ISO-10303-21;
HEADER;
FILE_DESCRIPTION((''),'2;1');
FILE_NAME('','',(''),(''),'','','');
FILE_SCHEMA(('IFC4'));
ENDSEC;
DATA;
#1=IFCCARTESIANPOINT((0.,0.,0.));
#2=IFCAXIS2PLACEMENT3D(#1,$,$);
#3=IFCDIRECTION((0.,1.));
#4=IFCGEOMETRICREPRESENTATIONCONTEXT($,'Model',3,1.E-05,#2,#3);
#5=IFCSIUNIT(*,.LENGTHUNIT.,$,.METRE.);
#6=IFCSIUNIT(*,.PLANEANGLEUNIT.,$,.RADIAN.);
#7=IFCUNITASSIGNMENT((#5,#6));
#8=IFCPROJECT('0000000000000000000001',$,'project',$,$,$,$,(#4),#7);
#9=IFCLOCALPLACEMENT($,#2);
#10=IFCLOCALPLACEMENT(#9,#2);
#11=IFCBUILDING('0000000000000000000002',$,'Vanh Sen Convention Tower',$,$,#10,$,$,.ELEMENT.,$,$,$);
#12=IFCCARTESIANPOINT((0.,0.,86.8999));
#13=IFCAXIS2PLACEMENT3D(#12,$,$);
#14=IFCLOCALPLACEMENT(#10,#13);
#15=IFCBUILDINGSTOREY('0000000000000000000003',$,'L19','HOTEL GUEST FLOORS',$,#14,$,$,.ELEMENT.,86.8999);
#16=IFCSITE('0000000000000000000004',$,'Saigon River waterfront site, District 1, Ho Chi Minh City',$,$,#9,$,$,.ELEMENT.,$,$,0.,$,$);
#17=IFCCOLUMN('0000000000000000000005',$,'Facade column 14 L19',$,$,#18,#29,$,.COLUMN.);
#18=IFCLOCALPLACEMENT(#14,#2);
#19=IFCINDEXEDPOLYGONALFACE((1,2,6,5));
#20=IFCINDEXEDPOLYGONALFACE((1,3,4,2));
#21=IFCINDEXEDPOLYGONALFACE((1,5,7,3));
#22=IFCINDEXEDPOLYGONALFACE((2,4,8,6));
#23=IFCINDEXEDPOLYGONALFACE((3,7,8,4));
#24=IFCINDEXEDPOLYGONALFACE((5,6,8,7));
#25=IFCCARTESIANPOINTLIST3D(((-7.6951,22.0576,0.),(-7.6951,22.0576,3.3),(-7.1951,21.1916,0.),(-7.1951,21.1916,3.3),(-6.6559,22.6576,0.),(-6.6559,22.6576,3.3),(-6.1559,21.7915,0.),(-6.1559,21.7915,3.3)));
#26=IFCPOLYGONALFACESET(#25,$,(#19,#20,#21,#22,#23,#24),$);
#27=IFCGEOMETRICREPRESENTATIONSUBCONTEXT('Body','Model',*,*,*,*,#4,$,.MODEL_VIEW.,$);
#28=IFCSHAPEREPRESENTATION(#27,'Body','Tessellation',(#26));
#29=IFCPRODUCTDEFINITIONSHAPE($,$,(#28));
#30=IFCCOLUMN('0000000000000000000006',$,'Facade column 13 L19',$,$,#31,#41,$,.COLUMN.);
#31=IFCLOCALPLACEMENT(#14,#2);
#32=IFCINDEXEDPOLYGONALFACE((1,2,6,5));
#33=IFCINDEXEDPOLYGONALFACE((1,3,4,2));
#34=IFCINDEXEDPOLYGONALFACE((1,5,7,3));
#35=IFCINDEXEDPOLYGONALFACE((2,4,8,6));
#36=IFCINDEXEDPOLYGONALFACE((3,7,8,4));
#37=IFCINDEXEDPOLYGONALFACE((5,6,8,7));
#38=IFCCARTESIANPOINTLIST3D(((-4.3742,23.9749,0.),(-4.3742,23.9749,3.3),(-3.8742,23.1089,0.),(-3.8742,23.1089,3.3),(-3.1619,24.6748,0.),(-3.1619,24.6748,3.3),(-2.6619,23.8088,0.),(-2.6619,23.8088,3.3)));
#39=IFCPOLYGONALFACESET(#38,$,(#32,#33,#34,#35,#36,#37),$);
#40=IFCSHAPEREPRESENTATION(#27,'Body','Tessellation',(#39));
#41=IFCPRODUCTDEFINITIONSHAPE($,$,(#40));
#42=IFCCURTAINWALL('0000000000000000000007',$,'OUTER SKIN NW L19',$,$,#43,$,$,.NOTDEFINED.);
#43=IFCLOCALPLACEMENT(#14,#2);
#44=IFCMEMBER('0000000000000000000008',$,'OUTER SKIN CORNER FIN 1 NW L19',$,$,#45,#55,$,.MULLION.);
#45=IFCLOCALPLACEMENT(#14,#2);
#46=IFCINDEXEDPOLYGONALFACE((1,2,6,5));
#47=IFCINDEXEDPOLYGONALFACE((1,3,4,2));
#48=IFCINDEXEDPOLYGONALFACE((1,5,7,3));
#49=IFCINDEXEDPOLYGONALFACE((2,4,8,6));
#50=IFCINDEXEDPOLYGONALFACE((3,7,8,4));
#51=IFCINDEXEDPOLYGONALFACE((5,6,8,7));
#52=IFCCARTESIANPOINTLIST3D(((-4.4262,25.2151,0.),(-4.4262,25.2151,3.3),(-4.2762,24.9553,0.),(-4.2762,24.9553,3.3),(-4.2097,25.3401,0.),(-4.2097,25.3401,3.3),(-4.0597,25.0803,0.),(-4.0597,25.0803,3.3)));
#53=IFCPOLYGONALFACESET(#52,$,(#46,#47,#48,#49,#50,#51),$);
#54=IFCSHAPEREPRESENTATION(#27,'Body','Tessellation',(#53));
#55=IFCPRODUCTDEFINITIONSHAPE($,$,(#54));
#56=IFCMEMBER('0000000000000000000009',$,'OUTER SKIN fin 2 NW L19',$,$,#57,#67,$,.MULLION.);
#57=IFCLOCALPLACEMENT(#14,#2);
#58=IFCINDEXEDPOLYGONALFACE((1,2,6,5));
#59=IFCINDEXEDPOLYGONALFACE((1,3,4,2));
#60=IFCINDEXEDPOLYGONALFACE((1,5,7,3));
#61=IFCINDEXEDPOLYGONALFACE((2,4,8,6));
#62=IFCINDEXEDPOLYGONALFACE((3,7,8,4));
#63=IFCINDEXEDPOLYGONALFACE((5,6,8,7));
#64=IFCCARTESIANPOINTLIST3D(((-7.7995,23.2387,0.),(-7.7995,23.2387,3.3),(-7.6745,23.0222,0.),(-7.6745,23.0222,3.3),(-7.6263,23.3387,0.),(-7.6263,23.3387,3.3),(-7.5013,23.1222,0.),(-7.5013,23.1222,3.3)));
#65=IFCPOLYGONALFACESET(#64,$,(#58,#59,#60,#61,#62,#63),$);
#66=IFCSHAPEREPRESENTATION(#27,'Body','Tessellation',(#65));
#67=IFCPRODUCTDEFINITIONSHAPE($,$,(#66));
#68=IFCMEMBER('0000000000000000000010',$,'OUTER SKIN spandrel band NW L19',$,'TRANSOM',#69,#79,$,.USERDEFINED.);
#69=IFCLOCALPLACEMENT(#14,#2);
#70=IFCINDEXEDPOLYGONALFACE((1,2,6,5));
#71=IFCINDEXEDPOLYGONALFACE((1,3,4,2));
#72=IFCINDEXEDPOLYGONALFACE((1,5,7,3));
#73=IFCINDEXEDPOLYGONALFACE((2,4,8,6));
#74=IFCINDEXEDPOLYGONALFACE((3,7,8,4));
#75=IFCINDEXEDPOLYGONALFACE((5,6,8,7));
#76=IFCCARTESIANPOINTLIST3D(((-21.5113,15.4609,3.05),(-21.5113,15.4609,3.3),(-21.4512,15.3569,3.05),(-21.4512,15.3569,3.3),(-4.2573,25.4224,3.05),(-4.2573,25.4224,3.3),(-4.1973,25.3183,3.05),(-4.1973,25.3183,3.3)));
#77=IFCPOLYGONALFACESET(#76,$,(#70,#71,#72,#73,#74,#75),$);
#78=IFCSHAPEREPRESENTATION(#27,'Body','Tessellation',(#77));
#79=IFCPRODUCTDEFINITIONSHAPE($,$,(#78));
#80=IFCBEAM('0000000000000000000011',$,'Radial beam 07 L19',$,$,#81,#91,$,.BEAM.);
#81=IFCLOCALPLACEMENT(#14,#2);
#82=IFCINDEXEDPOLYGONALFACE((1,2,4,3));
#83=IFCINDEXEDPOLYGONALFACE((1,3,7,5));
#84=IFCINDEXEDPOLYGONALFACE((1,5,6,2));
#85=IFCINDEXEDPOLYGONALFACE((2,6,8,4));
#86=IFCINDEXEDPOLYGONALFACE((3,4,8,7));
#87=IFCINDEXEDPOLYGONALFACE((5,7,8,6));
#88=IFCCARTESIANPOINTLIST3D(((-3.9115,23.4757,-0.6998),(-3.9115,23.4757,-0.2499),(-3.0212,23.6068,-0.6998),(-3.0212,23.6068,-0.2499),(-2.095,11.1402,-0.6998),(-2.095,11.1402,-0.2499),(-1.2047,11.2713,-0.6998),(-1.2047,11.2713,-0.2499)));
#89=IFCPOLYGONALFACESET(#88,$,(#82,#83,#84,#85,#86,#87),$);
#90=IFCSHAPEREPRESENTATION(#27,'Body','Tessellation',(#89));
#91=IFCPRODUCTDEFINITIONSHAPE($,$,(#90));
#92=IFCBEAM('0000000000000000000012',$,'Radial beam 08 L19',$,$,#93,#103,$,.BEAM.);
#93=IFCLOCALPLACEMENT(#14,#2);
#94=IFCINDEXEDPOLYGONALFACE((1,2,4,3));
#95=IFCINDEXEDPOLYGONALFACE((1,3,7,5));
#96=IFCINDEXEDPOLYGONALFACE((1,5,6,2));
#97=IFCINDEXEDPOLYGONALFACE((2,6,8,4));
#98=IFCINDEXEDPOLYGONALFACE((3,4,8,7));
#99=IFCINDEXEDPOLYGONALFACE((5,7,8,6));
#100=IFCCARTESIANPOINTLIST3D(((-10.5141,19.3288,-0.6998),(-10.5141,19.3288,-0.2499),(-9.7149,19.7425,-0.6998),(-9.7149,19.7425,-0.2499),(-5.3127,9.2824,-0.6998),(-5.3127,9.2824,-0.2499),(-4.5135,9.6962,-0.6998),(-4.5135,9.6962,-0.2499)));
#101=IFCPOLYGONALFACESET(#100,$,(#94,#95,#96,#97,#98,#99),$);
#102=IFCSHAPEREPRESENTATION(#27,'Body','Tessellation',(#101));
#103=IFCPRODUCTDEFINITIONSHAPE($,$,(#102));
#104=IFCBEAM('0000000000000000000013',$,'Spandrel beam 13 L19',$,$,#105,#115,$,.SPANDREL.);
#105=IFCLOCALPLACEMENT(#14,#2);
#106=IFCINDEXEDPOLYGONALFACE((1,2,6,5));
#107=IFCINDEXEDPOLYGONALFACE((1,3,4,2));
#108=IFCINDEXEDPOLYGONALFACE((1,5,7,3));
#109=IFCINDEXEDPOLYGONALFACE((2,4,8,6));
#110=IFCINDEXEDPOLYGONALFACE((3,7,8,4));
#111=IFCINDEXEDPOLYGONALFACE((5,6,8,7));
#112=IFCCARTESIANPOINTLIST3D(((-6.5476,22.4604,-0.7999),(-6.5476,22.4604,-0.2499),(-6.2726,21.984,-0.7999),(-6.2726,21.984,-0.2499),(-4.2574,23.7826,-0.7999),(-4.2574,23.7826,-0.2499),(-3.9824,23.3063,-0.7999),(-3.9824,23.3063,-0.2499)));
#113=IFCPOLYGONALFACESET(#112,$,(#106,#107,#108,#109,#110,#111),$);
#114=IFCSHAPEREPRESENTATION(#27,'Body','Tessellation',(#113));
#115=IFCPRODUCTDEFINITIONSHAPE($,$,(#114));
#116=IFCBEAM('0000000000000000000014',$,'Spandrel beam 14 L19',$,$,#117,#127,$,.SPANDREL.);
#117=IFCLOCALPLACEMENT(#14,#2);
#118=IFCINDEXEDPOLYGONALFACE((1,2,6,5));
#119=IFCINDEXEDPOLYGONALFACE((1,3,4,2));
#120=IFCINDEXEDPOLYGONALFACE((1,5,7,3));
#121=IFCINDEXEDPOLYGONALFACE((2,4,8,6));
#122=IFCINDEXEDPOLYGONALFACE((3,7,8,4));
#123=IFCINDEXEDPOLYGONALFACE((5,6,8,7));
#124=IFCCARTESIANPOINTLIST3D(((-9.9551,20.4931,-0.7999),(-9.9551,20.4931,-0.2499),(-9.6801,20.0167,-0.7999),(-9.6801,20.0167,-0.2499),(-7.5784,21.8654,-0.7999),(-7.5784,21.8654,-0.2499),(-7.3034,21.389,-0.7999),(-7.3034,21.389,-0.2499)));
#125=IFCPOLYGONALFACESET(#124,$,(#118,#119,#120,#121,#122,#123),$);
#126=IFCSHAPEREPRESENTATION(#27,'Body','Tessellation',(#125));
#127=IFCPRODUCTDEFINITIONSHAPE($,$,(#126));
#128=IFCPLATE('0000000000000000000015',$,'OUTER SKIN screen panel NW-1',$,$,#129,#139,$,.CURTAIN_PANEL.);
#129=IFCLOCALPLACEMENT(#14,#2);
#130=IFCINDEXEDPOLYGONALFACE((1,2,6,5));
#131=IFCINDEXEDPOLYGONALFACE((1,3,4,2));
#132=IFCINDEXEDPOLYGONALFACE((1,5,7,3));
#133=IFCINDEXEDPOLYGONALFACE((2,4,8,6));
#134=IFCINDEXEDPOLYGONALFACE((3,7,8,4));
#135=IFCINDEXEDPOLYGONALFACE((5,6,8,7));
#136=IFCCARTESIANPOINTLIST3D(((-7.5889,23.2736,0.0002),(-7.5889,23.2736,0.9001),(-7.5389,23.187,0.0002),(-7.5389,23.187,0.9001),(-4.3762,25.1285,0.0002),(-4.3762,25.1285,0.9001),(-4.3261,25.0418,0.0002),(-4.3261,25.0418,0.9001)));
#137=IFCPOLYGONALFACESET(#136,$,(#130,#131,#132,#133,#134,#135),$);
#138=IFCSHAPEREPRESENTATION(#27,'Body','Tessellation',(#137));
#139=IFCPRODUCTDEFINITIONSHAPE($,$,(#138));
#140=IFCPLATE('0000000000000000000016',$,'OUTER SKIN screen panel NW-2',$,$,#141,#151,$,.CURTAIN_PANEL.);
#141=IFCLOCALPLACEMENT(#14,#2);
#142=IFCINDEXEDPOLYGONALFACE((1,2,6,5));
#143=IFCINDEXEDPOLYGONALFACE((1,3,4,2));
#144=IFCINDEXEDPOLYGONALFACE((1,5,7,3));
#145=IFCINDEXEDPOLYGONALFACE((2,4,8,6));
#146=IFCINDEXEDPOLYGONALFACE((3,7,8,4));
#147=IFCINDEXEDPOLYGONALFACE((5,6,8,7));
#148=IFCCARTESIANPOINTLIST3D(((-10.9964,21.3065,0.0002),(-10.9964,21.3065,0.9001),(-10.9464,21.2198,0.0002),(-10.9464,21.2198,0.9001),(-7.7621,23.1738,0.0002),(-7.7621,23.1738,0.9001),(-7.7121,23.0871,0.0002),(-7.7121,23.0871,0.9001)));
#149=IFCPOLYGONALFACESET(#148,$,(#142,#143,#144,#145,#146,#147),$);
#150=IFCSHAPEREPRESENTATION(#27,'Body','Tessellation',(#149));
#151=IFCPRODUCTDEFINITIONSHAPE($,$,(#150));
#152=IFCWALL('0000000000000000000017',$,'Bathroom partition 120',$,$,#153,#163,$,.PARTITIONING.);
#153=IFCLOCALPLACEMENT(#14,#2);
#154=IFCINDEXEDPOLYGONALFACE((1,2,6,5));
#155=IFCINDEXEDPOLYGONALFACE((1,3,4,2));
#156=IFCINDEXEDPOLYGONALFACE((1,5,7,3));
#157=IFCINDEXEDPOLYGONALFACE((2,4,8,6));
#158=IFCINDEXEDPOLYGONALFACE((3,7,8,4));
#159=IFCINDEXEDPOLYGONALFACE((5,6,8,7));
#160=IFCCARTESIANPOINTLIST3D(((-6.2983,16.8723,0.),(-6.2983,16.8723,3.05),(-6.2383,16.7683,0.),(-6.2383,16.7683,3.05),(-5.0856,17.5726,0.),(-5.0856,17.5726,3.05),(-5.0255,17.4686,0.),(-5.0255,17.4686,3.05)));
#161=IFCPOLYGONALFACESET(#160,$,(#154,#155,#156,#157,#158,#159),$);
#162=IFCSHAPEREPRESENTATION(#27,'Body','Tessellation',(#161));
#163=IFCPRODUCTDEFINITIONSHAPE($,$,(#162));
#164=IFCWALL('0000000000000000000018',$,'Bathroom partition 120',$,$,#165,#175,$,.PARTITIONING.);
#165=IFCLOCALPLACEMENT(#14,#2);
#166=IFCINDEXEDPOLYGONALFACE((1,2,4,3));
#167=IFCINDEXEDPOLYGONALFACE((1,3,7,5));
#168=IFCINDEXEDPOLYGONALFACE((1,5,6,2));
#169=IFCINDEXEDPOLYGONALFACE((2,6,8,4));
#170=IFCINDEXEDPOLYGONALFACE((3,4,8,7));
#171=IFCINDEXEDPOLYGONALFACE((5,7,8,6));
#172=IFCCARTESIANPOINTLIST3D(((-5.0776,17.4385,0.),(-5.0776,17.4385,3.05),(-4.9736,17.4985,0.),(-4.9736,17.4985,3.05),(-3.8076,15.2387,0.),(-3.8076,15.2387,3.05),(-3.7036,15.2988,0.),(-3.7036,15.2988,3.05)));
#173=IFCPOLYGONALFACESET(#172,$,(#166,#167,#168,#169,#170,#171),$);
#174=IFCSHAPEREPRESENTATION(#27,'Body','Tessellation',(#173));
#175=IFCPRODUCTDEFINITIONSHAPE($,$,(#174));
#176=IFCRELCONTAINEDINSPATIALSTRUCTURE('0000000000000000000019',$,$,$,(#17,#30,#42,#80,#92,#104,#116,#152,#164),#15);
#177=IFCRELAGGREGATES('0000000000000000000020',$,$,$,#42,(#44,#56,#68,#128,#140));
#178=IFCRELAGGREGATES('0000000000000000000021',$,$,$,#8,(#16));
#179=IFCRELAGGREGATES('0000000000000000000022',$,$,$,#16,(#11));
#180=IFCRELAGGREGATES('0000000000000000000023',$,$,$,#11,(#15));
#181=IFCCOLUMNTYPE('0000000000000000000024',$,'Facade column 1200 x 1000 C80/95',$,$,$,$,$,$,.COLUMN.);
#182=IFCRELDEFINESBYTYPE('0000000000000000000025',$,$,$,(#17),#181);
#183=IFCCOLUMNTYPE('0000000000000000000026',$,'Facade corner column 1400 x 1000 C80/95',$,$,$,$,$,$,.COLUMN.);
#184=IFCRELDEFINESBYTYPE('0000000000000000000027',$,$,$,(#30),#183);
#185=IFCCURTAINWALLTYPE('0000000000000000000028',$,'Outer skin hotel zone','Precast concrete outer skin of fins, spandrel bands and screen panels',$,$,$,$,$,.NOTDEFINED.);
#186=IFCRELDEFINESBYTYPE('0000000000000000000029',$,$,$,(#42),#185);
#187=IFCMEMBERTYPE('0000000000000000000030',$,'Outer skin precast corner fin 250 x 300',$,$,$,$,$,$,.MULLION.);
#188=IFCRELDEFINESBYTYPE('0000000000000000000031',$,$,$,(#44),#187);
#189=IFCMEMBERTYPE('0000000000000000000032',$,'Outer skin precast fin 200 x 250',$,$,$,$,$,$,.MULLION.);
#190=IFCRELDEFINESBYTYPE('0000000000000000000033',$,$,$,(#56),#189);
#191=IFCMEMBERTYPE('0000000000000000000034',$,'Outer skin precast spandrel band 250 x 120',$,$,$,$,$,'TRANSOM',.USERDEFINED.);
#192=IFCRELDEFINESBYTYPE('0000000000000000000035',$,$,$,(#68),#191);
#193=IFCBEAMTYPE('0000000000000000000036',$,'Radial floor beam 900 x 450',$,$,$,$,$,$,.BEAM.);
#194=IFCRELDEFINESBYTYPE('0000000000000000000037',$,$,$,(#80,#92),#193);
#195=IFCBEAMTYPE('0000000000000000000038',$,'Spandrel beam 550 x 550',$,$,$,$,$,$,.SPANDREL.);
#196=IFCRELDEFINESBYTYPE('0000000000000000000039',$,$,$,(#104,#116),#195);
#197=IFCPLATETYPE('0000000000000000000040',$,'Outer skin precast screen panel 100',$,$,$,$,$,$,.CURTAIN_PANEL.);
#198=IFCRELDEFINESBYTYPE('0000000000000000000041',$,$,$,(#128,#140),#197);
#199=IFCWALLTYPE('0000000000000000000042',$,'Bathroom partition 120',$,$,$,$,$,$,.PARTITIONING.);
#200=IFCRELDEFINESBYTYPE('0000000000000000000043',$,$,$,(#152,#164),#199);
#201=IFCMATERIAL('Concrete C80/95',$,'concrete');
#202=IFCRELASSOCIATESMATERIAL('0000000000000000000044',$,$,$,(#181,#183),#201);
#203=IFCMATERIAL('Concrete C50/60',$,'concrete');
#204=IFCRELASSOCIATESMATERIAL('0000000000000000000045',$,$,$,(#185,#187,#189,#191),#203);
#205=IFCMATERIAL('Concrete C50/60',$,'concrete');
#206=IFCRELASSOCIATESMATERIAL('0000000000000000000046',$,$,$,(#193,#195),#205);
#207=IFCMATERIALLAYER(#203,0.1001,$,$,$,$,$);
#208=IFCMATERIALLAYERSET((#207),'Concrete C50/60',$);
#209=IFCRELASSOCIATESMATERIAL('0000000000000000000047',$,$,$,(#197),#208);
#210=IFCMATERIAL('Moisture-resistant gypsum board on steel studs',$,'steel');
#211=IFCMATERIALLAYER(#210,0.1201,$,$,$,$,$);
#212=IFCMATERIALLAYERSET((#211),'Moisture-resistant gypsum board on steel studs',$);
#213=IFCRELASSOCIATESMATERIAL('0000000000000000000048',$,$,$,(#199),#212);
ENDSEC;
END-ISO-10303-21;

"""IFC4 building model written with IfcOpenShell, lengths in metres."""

from ifc_helpers import new_model, si_unit, direction, frame, frame_2d, origin, origin_2d, place, context, subcontext, project, spatial, rectangle, extrude, material, layer, layer_set, material_profile, profile_set, type_object, element, aggregate, save


model = new_model("IFC4")

# Units and contexts
model_context = context("Model", 3, precision=1e-05, world=origin(), true_north=direction((0.0, 1.0)))
body_context = subcontext(model_context, "Body", "Model", "MODEL_VIEW")
ifc_project = project(units=[si_unit("LENGTHUNIT", "METRE"), si_unit("PLANEANGLEUNIT", "RADIAN")], contexts=[model_context])

# Site, building, storey
site_placement = place(None, origin())
site = spatial("IfcSite", under=ifc_project, at=site_placement, Name="Saigon River waterfront site, District 1, Ho Chi Minh City", CompositionType="ELEMENT", RefElevation=0.0)
building_placement = place(site_placement, origin())
building = spatial("IfcBuilding", under=site, at=building_placement, Name="Vanh Sen Convention Tower", CompositionType="ELEMENT")
storey_placement = place(building_placement, frame((0.0, 0.0, 86.8999)))
storey = spatial("IfcBuildingStorey", under=building, at=storey_placement, Name="L19", Description="HOTEL GUEST FLOORS", CompositionType="ELEMENT", Elevation=86.8999)

# Columns
ifc_material_1 = material(Name="Concrete C80/95", Category="concrete")
ifc_material_profile_1 = material_profile(ifc_material_1, rectangle(XDim=1.2, YDim=1.0, at=origin_2d()), Name="RC 1200X1000")
ifc_profile_set_1 = profile_set([ifc_material_profile_1], Name="Concrete C80/95")
column_type_1 = type_object("IfcColumnType", Name="Facade column 1200 x 1000 C80/95", PredefinedType="COLUMN", material=ifc_profile_set_1)
column_1_placement = place(storey_placement, frame((-6.9255, 21.9246, 0.0), z_axis=(0.0, 0.0, 1.0), x_axis=(-0.866025, -0.5, 0.0)))
element("IfcColumn", 1, at=column_1_placement, inside=storey, type_object=column_type_1, Name="Facade column 14 L19", PredefinedType="COLUMN", context=body_context, shape_type="SweptSolid", body=[
    extrude(rectangle(XDim=1.2, YDim=1.0, at=origin_2d()), origin(), (0.0, 0.0, 1.0), 3.3),
])
ifc_material_profile_2 = material_profile(ifc_material_1, rectangle(XDim=1.3999, YDim=1.0, at=origin_2d()), Name="RC 1400X1000")
ifc_profile_set_2 = profile_set([ifc_material_profile_2], Name="Concrete C80/95")
column_type_2 = type_object("IfcColumnType", Name="Facade corner column 1400 x 1000 C80/95", PredefinedType="COLUMN", material=ifc_profile_set_2)
column_2_placement = place(storey_placement, frame((-3.5181, 23.8918, 0.0), z_axis=(0.0, 0.0, 1.0), x_axis=(-0.866025, -0.5, 0.0)))
element("IfcColumn", 2, at=column_2_placement, inside=storey, type_object=column_type_2, Name="Facade column 13 L19", PredefinedType="COLUMN", context=body_context, shape_type="SweptSolid", body=[
    extrude(rectangle(XDim=1.3999, YDim=1.0, at=origin_2d()), origin(), (0.0, 0.0, 1.0), 3.3),
])

# Curtain wall, members
ifc_material_2 = material(Name="Concrete C50/60", Category="concrete")
curtain_wall_type = type_object("IfcCurtainWallType", Name="Outer skin hotel zone", Description="Precast concrete outer skin of fins, spandrel bands and screen panels", PredefinedType="NOTDEFINED", material=ifc_material_2)
curtain_wall_placement = place(storey_placement, origin())
curtain_wall = element("IfcCurtainWall", 3, at=curtain_wall_placement, inside=storey, type_object=curtain_wall_type, Name="OUTER SKIN NW L19", PredefinedType="NOTDEFINED")
ifc_material_profile_3 = material_profile(ifc_material_2, rectangle(XDim=0.25, YDim=0.3, at=origin_2d()), Name="Outer skin precast corner fin 250 x 300")
ifc_profile_set_3 = profile_set([ifc_material_profile_3], Name="Concrete C50/60")
member_type_1 = type_object("IfcMemberType", Name="Outer skin precast corner fin 250 x 300", PredefinedType="MULLION", material=ifc_profile_set_3)
member_1_placement = place(storey_placement, frame((-4.2429, 25.1477, 0.0), z_axis=(0.0, 0.0, 1.0), x_axis=(-0.866025, -0.5, 0.0)))
member_1 = element("IfcMember", 4, at=member_1_placement, type_object=member_type_1, Name="OUTER SKIN CORNER FIN 1 NW L19", PredefinedType="MULLION", context=body_context, shape_type="SweptSolid", body=[
    extrude(rectangle(XDim=0.25, YDim=0.3, at=origin_2d()), origin(), (0.0, 0.0, 1.0), 3.3),
])
ifc_material_profile_4 = material_profile(ifc_material_2, rectangle(XDim=0.2, YDim=0.25, at=origin_2d()), Name="Outer skin precast fin 200 x 250")
ifc_profile_set_4 = profile_set([ifc_material_profile_4], Name="Concrete C50/60")
member_type_2 = type_object("IfcMemberType", Name="Outer skin precast fin 200 x 250", PredefinedType="MULLION", material=ifc_profile_set_4)
member_2_placement = place(storey_placement, frame((-7.6504, 23.1804, 0.0), z_axis=(0.0, 0.0, 1.0), x_axis=(-0.866025, -0.5, 0.0)))
member_2 = element("IfcMember", 5, at=member_2_placement, type_object=member_type_2, Name="OUTER SKIN fin 2 NW L19", PredefinedType="MULLION", context=body_context, shape_type="SweptSolid", body=[
    extrude(rectangle(XDim=0.2, YDim=0.25, at=origin_2d()), origin(), (0.0, 0.0, 1.0), 3.3),
])
ifc_material_profile_5 = material_profile(ifc_material_2, rectangle(XDim=0.1201, YDim=0.25, at=origin_2d()), Name="Outer skin precast spandrel band 250 x 120")
ifc_profile_set_5 = profile_set([ifc_material_profile_5], Name="Concrete C50/60")
member_type_3 = type_object("IfcMemberType", Name="Outer skin precast spandrel band 250 x 120", ElementType="TRANSOM", PredefinedType="USERDEFINED", material=ifc_profile_set_5)
member_3_placement = place(storey_placement, frame((-4.2273, 25.3704, 3.175), z_axis=(-0.866028, -0.499995, 0.0), x_axis=(0.499995, -0.866028, 0.0)))
member_3 = element("IfcMember", 6, at=member_3_placement, type_object=member_type_3, Name="OUTER SKIN spandrel band NW L19", ObjectType="TRANSOM", PredefinedType="USERDEFINED", context=body_context, shape_type="SweptSolid", body=[
    extrude(rectangle(XDim=0.1201, YDim=0.25, at=origin_2d()), origin(), (0.0, 0.0, 1.0), 19.9231),
])

# Beams
ifc_material_3 = material(Name="Concrete C50/60", Category="concrete")
ifc_material_profile_6 = material_profile(ifc_material_3, rectangle(XDim=0.8999, YDim=0.45, at=origin_2d()), Name="RC 900X450")
ifc_profile_set_6 = profile_set([ifc_material_profile_6], Name="Concrete C50/60")
beam_type_1 = type_object("IfcBeamType", Name="Radial floor beam 900 x 450", PredefinedType="BEAM", material=ifc_profile_set_6)
beam_1_placement = place(storey_placement, frame((-3.4663, 23.5413, -0.4749), z_axis=(0.14568, -0.989332, 0.0), x_axis=(0.989332, 0.14568, 0.0)))
element("IfcBeam", 7, at=beam_1_placement, inside=storey, type_object=beam_type_1, Name="Radial beam 07 L19", PredefinedType="BEAM", context=body_context, shape_type="SweptSolid", body=[
    extrude(rectangle(XDim=0.8999, YDim=0.45, at=origin_2d()), origin(), (0.0, 0.0, 1.0), 12.4685),
])
beam_2_placement = place(storey_placement, frame((-10.1145, 19.5356, -0.4749), z_axis=(0.459772, -0.888037, 0.0), x_axis=(0.888037, 0.459772, 0.0)))
element("IfcBeam", 8, at=beam_2_placement, inside=storey, type_object=beam_type_1, Name="Radial beam 08 L19", PredefinedType="BEAM", context=body_context, shape_type="SweptSolid", body=[
    extrude(rectangle(XDim=0.8999, YDim=0.45, at=origin_2d()), origin(), (0.0, 0.0, 1.0), 11.313),
])
ifc_material_profile_7 = material_profile(ifc_material_3, rectangle(XDim=0.55, YDim=0.55, at=origin_2d()), Name="RC 550X550")
ifc_profile_set_7 = profile_set([ifc_material_profile_7], Name="Concrete C50/60")
beam_type_2 = type_object("IfcBeamType", Name="Spandrel beam 550 x 550", PredefinedType="SPANDREL", material=ifc_profile_set_7)
beam_3_placement = place(storey_placement, frame((-4.1199, 23.5444, -0.5249), z_axis=(-0.86603, -0.499991, 0.0), x_axis=(0.499991, -0.86603, 0.0)))
element("IfcBeam", 9, at=beam_3_placement, inside=storey, type_object=beam_type_2, Name="Spandrel beam 13 L19", PredefinedType="SPANDREL", context=body_context, shape_type="SweptSolid", body=[
    extrude(rectangle(XDim=0.55, YDim=0.55, at=origin_2d()), origin(), (0.0, 0.0, 1.0), 2.6445),
])
beam_4_placement = place(storey_placement, frame((-7.4409, 21.6272, -0.5249), z_axis=(-0.866006, -0.500033, 0.0), x_axis=(0.500033, -0.866006, 0.0)))
element("IfcBeam", 10, at=beam_4_placement, inside=storey, type_object=beam_type_2, Name="Spandrel beam 14 L19", PredefinedType="SPANDREL", context=body_context, shape_type="SweptSolid", body=[
    extrude(rectangle(XDim=0.55, YDim=0.55, at=origin_2d()), origin(), (0.0, 0.0, 1.0), 2.7444),
])

# Plates
ifc_layer_1 = layer(ifc_material_2, 0.1001)
ifc_layer_set_1 = layer_set([ifc_layer_1], Name="Concrete C50/60")
plate_type = type_object("IfcPlateType", Name="Outer skin precast screen panel 100", PredefinedType="CURTAIN_PANEL", material=ifc_layer_set_1)
plate_1_placement = place(storey_placement, frame((-5.9575, 24.1577, 0.0002), z_axis=(0.0, 0.0, 1.0), x_axis=(-0.866028, -0.499995, 0.0)))
plate_1 = element("IfcPlate", 11, at=plate_1_placement, type_object=plate_type, Name="OUTER SKIN screen panel NW-1", PredefinedType="CURTAIN_PANEL", context=body_context, shape_type="SweptSolid", body=[
    extrude(rectangle(XDim=3.7097, YDim=0.1001, at=origin_2d()), origin(), (0.0, 0.0, 1.0), 0.8999),
])
plate_2_placement = place(storey_placement, frame((-9.3542, 22.1968, 0.0002), z_axis=(0.0, 0.0, 1.0), x_axis=(-0.866021, -0.500008, 0.0)))
plate_2 = element("IfcPlate", 12, at=plate_2_placement, type_object=plate_type, Name="OUTER SKIN screen panel NW-2", PredefinedType="CURTAIN_PANEL", context=body_context, shape_type="SweptSolid", body=[
    extrude(rectangle(XDim=3.7346, YDim=0.1001, at=origin_2d()), origin(), (0.0, 0.0, 1.0), 0.8999),
])
aggregate(curtain_wall, [member_1, member_2, member_3, plate_1, plate_2])

# Walls
ifc_material_4 = material(Name="Moisture-resistant gypsum board on steel studs", Category="steel")
ifc_layer_2 = layer(ifc_material_4, 0.1201)
ifc_layer_set_2 = layer_set([ifc_layer_2], Name="Moisture-resistant gypsum board on steel studs")
wall_type_1 = type_object("IfcWallType", Name="Bathroom partition 120", PredefinedType="PARTITIONING", material=ifc_layer_set_2)
wall_1_placement = place(storey_placement, frame((-6.2683, 16.8203, 0.0), z_axis=(0.0, 0.0, 1.0), x_axis=(0.866003, 0.500039, 0.0)))
element("IfcWall", 13, at=wall_1_placement, inside=storey, type_object=wall_type_1, Name="Bathroom partition 120", PredefinedType="PARTITIONING", context=body_context, shape_type="SweptSolid", body=[
    extrude(rectangle(XDim=1.4004, YDim=0.1201, at=frame_2d((0.7002, 0.0))), origin(), (0.0, 0.0, 1.0), 3.05),
])
wall_2_placement = place(storey_placement, frame((-5.0256, 17.4685, 0.0), z_axis=(0.0, 0.0, 1.0), x_axis=(0.500005, -0.866022, 0.0)))
element("IfcWall", 14, at=wall_2_placement, inside=storey, type_object=wall_type_1, Name="Bathroom partition 120", PredefinedType="PARTITIONING", context=body_context, shape_type="SweptSolid", body=[
    extrude(rectangle(XDim=2.54, YDim=0.1201, at=frame_2d((1.27, 0.0))), origin(), (0.0, 0.0, 1.0), 3.05),
])

save(model, "model.ifc")
